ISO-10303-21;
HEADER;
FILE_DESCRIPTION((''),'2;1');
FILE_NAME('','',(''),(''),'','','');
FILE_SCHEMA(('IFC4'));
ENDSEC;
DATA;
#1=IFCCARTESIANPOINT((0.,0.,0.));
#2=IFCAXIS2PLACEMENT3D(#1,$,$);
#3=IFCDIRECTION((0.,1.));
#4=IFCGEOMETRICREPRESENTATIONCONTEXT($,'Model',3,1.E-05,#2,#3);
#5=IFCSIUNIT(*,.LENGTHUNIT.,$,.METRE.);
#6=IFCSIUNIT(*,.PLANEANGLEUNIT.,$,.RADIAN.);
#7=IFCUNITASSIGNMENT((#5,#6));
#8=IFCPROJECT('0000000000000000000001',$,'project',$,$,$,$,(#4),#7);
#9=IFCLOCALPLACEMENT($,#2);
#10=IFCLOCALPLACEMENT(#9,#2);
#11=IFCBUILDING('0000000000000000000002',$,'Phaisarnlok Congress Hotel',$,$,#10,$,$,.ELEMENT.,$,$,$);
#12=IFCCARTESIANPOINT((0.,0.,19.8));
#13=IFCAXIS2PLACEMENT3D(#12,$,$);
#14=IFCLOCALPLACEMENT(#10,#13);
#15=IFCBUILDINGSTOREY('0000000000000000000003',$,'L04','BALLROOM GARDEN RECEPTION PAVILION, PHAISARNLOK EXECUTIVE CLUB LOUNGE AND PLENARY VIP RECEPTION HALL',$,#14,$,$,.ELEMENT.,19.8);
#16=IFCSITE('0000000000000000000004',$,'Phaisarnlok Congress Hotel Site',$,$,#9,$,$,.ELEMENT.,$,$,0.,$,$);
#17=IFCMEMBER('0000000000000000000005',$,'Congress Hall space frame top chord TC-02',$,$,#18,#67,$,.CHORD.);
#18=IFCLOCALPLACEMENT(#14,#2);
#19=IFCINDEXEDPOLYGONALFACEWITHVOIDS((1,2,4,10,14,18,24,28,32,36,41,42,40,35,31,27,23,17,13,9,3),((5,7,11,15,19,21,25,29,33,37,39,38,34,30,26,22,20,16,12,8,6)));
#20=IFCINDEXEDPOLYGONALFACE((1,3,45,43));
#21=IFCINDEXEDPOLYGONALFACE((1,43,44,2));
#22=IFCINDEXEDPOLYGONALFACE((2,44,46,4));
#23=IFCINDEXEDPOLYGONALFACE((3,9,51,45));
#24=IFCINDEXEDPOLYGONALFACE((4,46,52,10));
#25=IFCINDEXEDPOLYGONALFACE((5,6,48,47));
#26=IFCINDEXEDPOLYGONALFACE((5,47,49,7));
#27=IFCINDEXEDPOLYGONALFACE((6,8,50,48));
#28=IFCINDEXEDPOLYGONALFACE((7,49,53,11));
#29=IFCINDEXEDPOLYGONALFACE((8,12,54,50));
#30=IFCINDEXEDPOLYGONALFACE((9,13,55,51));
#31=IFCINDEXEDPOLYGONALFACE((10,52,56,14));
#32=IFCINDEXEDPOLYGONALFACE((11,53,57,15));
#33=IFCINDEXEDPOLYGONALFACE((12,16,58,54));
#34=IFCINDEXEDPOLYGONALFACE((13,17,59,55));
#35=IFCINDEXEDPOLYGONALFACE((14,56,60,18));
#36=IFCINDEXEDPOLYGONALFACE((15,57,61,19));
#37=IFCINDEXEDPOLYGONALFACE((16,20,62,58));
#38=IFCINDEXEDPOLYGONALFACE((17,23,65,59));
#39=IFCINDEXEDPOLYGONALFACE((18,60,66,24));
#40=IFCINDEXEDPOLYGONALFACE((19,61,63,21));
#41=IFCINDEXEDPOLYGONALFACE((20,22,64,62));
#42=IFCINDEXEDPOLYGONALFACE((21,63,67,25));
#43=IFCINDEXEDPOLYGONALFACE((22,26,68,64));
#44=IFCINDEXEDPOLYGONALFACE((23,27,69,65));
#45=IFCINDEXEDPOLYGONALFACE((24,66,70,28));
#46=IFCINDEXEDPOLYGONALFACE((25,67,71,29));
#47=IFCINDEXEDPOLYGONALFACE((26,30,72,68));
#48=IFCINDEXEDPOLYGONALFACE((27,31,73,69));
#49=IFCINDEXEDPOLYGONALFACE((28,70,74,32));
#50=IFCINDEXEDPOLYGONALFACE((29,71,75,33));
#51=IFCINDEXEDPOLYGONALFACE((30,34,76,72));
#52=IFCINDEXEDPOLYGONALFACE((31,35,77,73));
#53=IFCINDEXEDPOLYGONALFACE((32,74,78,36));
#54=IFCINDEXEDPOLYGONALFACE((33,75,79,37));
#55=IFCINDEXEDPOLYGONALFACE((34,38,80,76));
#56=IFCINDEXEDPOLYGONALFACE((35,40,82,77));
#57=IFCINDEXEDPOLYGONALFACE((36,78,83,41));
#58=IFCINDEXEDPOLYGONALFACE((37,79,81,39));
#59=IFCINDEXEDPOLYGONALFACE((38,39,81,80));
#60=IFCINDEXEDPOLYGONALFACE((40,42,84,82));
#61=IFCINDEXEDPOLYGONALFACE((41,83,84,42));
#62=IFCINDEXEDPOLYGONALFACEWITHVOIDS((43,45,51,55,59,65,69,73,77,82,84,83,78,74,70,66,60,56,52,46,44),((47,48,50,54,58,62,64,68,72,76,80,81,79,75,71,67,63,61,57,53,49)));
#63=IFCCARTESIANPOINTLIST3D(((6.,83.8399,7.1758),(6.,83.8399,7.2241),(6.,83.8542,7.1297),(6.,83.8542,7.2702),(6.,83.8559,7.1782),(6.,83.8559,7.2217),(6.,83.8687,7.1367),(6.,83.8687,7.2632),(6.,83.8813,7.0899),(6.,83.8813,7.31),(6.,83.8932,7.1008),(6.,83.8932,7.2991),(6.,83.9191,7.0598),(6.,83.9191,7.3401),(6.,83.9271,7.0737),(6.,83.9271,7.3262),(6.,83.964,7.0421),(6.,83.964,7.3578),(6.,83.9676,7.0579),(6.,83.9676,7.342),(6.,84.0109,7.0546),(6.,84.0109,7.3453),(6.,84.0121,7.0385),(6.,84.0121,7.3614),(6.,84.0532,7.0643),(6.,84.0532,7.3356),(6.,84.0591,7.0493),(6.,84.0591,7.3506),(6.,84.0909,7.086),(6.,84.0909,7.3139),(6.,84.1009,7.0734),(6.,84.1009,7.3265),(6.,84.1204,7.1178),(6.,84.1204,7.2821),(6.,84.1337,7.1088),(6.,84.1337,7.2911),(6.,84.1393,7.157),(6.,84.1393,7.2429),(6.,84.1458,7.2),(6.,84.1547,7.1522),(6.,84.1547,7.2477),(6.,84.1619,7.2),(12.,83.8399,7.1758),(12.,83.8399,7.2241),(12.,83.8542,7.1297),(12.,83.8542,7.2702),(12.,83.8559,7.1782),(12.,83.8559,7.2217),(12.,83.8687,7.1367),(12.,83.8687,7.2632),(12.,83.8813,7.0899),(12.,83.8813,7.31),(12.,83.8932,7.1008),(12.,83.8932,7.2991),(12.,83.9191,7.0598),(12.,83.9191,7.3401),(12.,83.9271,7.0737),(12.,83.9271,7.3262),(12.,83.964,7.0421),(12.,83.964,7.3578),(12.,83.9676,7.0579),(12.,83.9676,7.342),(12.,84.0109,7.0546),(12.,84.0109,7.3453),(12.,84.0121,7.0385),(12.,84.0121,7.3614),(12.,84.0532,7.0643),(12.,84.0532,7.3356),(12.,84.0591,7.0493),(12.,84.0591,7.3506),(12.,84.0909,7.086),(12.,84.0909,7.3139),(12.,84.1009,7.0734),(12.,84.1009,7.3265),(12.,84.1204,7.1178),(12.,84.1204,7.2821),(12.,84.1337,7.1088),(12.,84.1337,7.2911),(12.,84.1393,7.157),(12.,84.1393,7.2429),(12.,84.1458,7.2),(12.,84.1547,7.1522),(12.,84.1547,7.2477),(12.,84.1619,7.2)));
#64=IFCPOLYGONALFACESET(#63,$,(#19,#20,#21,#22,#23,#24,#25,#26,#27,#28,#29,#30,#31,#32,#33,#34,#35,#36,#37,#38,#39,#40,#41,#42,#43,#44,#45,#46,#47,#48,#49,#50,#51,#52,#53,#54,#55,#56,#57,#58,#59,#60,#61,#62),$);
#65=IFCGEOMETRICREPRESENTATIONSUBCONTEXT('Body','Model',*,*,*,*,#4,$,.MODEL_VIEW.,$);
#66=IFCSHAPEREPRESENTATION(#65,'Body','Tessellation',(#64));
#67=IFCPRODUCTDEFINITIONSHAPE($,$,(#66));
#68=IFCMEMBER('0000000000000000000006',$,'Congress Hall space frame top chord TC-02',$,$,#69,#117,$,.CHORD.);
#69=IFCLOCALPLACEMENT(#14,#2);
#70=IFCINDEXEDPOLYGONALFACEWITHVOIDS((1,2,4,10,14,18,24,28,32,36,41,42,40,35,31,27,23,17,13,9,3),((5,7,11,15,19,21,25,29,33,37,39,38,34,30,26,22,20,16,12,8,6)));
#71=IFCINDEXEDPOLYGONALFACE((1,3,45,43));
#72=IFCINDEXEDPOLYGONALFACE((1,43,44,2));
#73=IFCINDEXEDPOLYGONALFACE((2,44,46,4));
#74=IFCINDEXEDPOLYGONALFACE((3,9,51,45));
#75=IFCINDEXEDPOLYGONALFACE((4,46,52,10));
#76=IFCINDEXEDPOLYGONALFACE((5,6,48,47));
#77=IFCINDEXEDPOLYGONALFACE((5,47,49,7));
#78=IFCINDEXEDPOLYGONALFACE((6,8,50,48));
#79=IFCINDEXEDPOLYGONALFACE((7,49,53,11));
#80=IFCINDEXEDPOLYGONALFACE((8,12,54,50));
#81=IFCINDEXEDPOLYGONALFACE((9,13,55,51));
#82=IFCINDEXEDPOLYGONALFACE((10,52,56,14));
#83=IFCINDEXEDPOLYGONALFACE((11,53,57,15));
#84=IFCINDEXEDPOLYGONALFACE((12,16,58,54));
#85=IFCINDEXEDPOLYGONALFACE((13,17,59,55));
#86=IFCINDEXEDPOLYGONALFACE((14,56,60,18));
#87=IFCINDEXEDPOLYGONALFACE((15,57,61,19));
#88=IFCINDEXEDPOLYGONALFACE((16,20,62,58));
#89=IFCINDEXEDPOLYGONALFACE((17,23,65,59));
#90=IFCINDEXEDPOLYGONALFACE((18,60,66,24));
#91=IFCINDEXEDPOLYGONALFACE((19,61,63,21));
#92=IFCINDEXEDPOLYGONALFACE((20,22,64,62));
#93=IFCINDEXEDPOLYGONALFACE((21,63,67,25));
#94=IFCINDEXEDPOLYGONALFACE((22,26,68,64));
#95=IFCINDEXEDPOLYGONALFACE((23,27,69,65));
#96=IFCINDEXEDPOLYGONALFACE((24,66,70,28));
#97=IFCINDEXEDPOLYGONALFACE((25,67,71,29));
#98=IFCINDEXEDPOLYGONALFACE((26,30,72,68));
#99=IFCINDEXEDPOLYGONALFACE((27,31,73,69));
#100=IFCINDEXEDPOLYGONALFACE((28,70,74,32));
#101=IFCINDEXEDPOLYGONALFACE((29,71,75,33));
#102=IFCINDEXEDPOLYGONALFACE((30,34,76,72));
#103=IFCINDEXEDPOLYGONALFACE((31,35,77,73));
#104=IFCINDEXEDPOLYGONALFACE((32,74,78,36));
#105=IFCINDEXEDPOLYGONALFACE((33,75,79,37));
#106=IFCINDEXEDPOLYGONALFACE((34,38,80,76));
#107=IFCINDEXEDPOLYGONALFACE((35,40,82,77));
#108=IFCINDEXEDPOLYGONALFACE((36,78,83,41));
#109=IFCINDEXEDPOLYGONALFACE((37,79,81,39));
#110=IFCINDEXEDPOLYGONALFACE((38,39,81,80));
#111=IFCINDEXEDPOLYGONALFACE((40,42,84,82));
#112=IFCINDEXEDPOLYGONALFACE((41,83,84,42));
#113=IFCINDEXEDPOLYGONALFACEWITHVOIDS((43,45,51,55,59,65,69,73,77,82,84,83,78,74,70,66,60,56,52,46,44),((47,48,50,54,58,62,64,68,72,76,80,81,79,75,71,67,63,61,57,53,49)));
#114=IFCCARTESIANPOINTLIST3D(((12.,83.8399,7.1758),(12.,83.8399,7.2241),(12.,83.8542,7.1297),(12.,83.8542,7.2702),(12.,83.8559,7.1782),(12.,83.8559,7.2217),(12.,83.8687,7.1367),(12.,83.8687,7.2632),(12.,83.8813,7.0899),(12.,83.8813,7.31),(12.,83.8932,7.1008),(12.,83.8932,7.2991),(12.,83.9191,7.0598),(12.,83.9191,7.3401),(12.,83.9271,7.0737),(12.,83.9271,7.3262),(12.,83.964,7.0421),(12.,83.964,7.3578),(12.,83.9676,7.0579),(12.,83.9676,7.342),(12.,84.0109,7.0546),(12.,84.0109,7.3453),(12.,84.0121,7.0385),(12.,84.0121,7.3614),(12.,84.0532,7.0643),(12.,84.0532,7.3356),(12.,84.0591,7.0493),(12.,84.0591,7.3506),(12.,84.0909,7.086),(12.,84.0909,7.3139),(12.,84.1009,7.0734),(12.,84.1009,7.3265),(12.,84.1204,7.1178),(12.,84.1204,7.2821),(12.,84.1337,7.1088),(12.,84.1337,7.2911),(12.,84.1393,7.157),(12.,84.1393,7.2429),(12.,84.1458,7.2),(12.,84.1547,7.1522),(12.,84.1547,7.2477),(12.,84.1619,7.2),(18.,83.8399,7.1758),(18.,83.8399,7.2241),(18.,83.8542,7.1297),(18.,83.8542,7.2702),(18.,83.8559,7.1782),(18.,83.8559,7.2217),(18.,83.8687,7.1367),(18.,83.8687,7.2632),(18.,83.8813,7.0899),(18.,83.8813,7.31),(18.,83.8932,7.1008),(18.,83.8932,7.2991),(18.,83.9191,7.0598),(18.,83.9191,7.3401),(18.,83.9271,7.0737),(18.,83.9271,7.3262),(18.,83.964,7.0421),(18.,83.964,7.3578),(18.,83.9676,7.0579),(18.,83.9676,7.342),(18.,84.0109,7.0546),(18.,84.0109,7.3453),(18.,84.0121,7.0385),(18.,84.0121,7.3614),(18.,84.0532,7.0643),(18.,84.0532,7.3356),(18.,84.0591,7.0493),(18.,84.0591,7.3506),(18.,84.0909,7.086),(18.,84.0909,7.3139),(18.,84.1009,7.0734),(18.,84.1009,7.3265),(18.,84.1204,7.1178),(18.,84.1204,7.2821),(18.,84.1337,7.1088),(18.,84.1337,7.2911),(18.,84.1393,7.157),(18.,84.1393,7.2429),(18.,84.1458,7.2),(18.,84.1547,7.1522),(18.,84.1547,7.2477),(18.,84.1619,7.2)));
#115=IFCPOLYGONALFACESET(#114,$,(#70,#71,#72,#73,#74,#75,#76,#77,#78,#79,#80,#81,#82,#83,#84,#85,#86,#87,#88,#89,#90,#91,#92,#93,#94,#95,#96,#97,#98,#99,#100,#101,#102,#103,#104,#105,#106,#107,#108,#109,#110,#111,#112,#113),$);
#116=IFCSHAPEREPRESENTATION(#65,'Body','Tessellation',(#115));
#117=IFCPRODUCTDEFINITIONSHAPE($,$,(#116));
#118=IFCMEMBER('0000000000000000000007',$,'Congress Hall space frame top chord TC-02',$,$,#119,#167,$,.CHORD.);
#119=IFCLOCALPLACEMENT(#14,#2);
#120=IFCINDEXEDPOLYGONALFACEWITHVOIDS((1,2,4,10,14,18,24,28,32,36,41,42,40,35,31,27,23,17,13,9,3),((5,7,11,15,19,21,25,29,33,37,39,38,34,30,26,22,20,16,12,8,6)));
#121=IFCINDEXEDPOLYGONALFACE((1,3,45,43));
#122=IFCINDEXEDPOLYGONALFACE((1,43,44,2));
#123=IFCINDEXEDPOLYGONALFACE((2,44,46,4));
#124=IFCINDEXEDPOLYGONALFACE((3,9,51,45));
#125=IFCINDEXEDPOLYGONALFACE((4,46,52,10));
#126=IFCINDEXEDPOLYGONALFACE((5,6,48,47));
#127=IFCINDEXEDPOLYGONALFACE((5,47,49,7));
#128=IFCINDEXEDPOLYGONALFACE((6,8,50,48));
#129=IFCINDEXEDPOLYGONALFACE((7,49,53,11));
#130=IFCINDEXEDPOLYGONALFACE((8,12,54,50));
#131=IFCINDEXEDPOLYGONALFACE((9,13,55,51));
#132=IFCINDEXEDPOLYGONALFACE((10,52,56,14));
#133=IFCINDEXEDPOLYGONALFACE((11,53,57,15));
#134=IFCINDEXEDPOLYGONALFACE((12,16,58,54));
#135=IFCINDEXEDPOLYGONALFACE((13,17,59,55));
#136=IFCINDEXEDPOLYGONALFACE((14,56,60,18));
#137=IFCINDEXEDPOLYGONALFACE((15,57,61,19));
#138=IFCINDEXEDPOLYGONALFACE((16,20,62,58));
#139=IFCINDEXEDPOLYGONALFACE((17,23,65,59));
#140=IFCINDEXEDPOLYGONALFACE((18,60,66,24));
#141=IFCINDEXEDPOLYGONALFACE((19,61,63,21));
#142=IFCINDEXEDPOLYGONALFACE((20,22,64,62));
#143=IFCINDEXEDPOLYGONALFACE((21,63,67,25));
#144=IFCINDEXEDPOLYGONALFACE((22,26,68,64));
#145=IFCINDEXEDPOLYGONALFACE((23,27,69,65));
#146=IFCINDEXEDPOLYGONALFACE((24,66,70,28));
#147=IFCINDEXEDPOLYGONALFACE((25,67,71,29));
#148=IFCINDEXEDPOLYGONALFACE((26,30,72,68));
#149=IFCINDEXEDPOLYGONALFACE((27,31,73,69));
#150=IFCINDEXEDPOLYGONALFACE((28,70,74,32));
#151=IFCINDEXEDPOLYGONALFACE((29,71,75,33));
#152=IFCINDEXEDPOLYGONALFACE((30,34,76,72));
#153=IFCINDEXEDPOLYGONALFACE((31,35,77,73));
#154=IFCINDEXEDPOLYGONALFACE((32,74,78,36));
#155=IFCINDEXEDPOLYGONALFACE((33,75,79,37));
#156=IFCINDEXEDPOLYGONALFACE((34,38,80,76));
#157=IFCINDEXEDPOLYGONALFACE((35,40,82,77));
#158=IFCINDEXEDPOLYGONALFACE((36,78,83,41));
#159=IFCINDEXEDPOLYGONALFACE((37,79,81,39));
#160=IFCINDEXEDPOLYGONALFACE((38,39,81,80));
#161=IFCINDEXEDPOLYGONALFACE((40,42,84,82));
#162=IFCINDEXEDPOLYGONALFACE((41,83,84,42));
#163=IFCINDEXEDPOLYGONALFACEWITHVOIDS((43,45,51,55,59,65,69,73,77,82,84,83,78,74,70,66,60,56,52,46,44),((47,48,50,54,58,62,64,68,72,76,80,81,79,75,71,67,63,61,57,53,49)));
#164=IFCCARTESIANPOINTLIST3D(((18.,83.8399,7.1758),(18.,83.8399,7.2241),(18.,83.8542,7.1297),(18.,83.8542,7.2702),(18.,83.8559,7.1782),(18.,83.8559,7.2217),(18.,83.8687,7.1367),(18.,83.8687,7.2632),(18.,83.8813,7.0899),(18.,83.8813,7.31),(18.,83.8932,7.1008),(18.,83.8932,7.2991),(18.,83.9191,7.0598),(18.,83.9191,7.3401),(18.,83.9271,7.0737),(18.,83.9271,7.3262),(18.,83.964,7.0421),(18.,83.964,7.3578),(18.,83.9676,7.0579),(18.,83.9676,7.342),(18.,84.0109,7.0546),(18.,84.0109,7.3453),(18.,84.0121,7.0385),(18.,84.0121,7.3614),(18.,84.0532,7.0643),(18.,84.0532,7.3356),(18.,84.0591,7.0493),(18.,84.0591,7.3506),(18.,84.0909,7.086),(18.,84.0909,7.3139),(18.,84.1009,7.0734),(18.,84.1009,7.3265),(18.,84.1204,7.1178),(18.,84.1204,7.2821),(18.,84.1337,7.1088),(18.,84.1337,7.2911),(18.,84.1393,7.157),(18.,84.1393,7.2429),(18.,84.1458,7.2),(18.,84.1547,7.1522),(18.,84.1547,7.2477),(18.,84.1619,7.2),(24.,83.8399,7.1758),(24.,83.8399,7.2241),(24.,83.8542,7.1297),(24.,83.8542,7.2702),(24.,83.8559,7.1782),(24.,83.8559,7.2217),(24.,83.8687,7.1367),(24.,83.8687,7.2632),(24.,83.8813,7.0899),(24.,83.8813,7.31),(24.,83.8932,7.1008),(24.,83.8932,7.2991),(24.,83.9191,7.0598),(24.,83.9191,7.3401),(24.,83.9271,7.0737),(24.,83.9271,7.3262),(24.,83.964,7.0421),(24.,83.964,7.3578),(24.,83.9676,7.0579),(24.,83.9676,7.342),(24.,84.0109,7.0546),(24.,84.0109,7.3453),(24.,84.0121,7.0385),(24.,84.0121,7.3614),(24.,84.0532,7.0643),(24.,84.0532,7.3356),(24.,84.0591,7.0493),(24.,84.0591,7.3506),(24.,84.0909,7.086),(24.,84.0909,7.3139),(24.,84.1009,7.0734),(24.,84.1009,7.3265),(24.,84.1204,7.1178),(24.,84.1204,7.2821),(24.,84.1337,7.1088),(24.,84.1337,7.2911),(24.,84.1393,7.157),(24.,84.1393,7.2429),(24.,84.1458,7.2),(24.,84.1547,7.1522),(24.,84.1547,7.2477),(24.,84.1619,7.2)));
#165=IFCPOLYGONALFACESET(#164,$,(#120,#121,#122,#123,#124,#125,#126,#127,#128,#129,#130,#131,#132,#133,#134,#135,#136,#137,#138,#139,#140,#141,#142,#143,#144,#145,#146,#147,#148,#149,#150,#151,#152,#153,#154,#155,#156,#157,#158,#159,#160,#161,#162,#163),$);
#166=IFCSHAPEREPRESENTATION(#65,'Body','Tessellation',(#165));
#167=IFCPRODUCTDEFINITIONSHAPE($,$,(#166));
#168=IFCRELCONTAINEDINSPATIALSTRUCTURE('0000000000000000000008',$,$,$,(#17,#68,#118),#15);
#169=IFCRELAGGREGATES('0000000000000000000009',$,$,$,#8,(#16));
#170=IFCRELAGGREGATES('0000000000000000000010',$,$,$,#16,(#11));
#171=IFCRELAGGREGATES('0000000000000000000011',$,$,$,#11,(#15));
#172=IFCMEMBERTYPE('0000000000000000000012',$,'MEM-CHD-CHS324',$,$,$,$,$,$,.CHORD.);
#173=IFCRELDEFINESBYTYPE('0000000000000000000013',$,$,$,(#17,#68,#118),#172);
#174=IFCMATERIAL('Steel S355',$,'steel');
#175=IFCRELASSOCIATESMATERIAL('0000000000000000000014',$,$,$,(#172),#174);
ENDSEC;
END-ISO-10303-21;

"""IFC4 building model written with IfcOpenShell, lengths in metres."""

from ifc_helpers import new_model, si_unit, direction, frame, origin, origin_2d, place, context, subcontext, project, spatial, hollow_circle, extrude, material, material_profile, profile_set, type_object, element, save


model = new_model("IFC4")

# Units and contexts
model_context = context("Model", 3, precision=1e-05, world=origin(), true_north=direction((0.0, 1.0)))
body_context = subcontext(model_context, "Body", "Model", "MODEL_VIEW")
ifc_project = project(units=[si_unit("LENGTHUNIT", "METRE"), si_unit("PLANEANGLEUNIT", "RADIAN")], contexts=[model_context])

# Site, building, storey
site_placement = place(None, origin())
site = spatial("IfcSite", under=ifc_project, at=site_placement, Name="Phaisarnlok Congress Hotel Site", CompositionType="ELEMENT", RefElevation=0.0)
building_placement = place(site_placement, origin())
building = spatial("IfcBuilding", under=site, at=building_placement, Name="Phaisarnlok Congress Hotel", CompositionType="ELEMENT")
storey_placement = place(building_placement, frame((0.0, 0.0, 19.8)))
storey = spatial("IfcBuildingStorey", under=building, at=storey_placement, Name="L04", Description="BALLROOM GARDEN RECEPTION PAVILION, PHAISARNLOK EXECUTIVE CLUB LOUNGE AND PLENARY VIP RECEPTION HALL", CompositionType="ELEMENT", Elevation=19.8)

# Members
ifc_material_1 = material(Name="Steel S355", Category="steel")
ifc_material_profile_1 = material_profile(ifc_material_1, hollow_circle(Radius=0.1619, WallThickness=0.0161, at=origin_2d()), Name="CHS 323.9x16")
ifc_profile_set_1 = profile_set([ifc_material_profile_1], Name="Steel S355")
member_type_1 = type_object("IfcMemberType", Name="MEM-CHD-CHS324", PredefinedType="CHORD", material=ifc_profile_set_1)
for number, where, z_axis, x_axis, name in (
    (1, (6.0, 84.0, 7.2), (1.0, 0.0, 0.0), (0.0, 1.0, 0.0), "Congress Hall space frame top chord TC-02"),
    (2, (12.0, 84.0, 7.2), (1.0, 0.0, 0.0), (0.0, 1.0, 0.0), "Congress Hall space frame top chord TC-02"),
    (3, (18.0, 84.0, 7.2), (1.0, 0.0, 0.0), (0.0, 1.0, 0.0), "Congress Hall space frame top chord TC-02"),
):
    element("IfcMember", number, at=place(storey_placement, frame(where, z_axis=z_axis, x_axis=x_axis)), inside=storey, type_object=member_type_1, Name=name, PredefinedType="CHORD", context=body_context, shape_type="SweptSolid", body=[
        extrude(hollow_circle(Radius=0.1619, WallThickness=0.0161, at=origin_2d()), origin(), (0.0, 0.0, 1.0), 6.0),
    ])

save(model, "model.ifc")
